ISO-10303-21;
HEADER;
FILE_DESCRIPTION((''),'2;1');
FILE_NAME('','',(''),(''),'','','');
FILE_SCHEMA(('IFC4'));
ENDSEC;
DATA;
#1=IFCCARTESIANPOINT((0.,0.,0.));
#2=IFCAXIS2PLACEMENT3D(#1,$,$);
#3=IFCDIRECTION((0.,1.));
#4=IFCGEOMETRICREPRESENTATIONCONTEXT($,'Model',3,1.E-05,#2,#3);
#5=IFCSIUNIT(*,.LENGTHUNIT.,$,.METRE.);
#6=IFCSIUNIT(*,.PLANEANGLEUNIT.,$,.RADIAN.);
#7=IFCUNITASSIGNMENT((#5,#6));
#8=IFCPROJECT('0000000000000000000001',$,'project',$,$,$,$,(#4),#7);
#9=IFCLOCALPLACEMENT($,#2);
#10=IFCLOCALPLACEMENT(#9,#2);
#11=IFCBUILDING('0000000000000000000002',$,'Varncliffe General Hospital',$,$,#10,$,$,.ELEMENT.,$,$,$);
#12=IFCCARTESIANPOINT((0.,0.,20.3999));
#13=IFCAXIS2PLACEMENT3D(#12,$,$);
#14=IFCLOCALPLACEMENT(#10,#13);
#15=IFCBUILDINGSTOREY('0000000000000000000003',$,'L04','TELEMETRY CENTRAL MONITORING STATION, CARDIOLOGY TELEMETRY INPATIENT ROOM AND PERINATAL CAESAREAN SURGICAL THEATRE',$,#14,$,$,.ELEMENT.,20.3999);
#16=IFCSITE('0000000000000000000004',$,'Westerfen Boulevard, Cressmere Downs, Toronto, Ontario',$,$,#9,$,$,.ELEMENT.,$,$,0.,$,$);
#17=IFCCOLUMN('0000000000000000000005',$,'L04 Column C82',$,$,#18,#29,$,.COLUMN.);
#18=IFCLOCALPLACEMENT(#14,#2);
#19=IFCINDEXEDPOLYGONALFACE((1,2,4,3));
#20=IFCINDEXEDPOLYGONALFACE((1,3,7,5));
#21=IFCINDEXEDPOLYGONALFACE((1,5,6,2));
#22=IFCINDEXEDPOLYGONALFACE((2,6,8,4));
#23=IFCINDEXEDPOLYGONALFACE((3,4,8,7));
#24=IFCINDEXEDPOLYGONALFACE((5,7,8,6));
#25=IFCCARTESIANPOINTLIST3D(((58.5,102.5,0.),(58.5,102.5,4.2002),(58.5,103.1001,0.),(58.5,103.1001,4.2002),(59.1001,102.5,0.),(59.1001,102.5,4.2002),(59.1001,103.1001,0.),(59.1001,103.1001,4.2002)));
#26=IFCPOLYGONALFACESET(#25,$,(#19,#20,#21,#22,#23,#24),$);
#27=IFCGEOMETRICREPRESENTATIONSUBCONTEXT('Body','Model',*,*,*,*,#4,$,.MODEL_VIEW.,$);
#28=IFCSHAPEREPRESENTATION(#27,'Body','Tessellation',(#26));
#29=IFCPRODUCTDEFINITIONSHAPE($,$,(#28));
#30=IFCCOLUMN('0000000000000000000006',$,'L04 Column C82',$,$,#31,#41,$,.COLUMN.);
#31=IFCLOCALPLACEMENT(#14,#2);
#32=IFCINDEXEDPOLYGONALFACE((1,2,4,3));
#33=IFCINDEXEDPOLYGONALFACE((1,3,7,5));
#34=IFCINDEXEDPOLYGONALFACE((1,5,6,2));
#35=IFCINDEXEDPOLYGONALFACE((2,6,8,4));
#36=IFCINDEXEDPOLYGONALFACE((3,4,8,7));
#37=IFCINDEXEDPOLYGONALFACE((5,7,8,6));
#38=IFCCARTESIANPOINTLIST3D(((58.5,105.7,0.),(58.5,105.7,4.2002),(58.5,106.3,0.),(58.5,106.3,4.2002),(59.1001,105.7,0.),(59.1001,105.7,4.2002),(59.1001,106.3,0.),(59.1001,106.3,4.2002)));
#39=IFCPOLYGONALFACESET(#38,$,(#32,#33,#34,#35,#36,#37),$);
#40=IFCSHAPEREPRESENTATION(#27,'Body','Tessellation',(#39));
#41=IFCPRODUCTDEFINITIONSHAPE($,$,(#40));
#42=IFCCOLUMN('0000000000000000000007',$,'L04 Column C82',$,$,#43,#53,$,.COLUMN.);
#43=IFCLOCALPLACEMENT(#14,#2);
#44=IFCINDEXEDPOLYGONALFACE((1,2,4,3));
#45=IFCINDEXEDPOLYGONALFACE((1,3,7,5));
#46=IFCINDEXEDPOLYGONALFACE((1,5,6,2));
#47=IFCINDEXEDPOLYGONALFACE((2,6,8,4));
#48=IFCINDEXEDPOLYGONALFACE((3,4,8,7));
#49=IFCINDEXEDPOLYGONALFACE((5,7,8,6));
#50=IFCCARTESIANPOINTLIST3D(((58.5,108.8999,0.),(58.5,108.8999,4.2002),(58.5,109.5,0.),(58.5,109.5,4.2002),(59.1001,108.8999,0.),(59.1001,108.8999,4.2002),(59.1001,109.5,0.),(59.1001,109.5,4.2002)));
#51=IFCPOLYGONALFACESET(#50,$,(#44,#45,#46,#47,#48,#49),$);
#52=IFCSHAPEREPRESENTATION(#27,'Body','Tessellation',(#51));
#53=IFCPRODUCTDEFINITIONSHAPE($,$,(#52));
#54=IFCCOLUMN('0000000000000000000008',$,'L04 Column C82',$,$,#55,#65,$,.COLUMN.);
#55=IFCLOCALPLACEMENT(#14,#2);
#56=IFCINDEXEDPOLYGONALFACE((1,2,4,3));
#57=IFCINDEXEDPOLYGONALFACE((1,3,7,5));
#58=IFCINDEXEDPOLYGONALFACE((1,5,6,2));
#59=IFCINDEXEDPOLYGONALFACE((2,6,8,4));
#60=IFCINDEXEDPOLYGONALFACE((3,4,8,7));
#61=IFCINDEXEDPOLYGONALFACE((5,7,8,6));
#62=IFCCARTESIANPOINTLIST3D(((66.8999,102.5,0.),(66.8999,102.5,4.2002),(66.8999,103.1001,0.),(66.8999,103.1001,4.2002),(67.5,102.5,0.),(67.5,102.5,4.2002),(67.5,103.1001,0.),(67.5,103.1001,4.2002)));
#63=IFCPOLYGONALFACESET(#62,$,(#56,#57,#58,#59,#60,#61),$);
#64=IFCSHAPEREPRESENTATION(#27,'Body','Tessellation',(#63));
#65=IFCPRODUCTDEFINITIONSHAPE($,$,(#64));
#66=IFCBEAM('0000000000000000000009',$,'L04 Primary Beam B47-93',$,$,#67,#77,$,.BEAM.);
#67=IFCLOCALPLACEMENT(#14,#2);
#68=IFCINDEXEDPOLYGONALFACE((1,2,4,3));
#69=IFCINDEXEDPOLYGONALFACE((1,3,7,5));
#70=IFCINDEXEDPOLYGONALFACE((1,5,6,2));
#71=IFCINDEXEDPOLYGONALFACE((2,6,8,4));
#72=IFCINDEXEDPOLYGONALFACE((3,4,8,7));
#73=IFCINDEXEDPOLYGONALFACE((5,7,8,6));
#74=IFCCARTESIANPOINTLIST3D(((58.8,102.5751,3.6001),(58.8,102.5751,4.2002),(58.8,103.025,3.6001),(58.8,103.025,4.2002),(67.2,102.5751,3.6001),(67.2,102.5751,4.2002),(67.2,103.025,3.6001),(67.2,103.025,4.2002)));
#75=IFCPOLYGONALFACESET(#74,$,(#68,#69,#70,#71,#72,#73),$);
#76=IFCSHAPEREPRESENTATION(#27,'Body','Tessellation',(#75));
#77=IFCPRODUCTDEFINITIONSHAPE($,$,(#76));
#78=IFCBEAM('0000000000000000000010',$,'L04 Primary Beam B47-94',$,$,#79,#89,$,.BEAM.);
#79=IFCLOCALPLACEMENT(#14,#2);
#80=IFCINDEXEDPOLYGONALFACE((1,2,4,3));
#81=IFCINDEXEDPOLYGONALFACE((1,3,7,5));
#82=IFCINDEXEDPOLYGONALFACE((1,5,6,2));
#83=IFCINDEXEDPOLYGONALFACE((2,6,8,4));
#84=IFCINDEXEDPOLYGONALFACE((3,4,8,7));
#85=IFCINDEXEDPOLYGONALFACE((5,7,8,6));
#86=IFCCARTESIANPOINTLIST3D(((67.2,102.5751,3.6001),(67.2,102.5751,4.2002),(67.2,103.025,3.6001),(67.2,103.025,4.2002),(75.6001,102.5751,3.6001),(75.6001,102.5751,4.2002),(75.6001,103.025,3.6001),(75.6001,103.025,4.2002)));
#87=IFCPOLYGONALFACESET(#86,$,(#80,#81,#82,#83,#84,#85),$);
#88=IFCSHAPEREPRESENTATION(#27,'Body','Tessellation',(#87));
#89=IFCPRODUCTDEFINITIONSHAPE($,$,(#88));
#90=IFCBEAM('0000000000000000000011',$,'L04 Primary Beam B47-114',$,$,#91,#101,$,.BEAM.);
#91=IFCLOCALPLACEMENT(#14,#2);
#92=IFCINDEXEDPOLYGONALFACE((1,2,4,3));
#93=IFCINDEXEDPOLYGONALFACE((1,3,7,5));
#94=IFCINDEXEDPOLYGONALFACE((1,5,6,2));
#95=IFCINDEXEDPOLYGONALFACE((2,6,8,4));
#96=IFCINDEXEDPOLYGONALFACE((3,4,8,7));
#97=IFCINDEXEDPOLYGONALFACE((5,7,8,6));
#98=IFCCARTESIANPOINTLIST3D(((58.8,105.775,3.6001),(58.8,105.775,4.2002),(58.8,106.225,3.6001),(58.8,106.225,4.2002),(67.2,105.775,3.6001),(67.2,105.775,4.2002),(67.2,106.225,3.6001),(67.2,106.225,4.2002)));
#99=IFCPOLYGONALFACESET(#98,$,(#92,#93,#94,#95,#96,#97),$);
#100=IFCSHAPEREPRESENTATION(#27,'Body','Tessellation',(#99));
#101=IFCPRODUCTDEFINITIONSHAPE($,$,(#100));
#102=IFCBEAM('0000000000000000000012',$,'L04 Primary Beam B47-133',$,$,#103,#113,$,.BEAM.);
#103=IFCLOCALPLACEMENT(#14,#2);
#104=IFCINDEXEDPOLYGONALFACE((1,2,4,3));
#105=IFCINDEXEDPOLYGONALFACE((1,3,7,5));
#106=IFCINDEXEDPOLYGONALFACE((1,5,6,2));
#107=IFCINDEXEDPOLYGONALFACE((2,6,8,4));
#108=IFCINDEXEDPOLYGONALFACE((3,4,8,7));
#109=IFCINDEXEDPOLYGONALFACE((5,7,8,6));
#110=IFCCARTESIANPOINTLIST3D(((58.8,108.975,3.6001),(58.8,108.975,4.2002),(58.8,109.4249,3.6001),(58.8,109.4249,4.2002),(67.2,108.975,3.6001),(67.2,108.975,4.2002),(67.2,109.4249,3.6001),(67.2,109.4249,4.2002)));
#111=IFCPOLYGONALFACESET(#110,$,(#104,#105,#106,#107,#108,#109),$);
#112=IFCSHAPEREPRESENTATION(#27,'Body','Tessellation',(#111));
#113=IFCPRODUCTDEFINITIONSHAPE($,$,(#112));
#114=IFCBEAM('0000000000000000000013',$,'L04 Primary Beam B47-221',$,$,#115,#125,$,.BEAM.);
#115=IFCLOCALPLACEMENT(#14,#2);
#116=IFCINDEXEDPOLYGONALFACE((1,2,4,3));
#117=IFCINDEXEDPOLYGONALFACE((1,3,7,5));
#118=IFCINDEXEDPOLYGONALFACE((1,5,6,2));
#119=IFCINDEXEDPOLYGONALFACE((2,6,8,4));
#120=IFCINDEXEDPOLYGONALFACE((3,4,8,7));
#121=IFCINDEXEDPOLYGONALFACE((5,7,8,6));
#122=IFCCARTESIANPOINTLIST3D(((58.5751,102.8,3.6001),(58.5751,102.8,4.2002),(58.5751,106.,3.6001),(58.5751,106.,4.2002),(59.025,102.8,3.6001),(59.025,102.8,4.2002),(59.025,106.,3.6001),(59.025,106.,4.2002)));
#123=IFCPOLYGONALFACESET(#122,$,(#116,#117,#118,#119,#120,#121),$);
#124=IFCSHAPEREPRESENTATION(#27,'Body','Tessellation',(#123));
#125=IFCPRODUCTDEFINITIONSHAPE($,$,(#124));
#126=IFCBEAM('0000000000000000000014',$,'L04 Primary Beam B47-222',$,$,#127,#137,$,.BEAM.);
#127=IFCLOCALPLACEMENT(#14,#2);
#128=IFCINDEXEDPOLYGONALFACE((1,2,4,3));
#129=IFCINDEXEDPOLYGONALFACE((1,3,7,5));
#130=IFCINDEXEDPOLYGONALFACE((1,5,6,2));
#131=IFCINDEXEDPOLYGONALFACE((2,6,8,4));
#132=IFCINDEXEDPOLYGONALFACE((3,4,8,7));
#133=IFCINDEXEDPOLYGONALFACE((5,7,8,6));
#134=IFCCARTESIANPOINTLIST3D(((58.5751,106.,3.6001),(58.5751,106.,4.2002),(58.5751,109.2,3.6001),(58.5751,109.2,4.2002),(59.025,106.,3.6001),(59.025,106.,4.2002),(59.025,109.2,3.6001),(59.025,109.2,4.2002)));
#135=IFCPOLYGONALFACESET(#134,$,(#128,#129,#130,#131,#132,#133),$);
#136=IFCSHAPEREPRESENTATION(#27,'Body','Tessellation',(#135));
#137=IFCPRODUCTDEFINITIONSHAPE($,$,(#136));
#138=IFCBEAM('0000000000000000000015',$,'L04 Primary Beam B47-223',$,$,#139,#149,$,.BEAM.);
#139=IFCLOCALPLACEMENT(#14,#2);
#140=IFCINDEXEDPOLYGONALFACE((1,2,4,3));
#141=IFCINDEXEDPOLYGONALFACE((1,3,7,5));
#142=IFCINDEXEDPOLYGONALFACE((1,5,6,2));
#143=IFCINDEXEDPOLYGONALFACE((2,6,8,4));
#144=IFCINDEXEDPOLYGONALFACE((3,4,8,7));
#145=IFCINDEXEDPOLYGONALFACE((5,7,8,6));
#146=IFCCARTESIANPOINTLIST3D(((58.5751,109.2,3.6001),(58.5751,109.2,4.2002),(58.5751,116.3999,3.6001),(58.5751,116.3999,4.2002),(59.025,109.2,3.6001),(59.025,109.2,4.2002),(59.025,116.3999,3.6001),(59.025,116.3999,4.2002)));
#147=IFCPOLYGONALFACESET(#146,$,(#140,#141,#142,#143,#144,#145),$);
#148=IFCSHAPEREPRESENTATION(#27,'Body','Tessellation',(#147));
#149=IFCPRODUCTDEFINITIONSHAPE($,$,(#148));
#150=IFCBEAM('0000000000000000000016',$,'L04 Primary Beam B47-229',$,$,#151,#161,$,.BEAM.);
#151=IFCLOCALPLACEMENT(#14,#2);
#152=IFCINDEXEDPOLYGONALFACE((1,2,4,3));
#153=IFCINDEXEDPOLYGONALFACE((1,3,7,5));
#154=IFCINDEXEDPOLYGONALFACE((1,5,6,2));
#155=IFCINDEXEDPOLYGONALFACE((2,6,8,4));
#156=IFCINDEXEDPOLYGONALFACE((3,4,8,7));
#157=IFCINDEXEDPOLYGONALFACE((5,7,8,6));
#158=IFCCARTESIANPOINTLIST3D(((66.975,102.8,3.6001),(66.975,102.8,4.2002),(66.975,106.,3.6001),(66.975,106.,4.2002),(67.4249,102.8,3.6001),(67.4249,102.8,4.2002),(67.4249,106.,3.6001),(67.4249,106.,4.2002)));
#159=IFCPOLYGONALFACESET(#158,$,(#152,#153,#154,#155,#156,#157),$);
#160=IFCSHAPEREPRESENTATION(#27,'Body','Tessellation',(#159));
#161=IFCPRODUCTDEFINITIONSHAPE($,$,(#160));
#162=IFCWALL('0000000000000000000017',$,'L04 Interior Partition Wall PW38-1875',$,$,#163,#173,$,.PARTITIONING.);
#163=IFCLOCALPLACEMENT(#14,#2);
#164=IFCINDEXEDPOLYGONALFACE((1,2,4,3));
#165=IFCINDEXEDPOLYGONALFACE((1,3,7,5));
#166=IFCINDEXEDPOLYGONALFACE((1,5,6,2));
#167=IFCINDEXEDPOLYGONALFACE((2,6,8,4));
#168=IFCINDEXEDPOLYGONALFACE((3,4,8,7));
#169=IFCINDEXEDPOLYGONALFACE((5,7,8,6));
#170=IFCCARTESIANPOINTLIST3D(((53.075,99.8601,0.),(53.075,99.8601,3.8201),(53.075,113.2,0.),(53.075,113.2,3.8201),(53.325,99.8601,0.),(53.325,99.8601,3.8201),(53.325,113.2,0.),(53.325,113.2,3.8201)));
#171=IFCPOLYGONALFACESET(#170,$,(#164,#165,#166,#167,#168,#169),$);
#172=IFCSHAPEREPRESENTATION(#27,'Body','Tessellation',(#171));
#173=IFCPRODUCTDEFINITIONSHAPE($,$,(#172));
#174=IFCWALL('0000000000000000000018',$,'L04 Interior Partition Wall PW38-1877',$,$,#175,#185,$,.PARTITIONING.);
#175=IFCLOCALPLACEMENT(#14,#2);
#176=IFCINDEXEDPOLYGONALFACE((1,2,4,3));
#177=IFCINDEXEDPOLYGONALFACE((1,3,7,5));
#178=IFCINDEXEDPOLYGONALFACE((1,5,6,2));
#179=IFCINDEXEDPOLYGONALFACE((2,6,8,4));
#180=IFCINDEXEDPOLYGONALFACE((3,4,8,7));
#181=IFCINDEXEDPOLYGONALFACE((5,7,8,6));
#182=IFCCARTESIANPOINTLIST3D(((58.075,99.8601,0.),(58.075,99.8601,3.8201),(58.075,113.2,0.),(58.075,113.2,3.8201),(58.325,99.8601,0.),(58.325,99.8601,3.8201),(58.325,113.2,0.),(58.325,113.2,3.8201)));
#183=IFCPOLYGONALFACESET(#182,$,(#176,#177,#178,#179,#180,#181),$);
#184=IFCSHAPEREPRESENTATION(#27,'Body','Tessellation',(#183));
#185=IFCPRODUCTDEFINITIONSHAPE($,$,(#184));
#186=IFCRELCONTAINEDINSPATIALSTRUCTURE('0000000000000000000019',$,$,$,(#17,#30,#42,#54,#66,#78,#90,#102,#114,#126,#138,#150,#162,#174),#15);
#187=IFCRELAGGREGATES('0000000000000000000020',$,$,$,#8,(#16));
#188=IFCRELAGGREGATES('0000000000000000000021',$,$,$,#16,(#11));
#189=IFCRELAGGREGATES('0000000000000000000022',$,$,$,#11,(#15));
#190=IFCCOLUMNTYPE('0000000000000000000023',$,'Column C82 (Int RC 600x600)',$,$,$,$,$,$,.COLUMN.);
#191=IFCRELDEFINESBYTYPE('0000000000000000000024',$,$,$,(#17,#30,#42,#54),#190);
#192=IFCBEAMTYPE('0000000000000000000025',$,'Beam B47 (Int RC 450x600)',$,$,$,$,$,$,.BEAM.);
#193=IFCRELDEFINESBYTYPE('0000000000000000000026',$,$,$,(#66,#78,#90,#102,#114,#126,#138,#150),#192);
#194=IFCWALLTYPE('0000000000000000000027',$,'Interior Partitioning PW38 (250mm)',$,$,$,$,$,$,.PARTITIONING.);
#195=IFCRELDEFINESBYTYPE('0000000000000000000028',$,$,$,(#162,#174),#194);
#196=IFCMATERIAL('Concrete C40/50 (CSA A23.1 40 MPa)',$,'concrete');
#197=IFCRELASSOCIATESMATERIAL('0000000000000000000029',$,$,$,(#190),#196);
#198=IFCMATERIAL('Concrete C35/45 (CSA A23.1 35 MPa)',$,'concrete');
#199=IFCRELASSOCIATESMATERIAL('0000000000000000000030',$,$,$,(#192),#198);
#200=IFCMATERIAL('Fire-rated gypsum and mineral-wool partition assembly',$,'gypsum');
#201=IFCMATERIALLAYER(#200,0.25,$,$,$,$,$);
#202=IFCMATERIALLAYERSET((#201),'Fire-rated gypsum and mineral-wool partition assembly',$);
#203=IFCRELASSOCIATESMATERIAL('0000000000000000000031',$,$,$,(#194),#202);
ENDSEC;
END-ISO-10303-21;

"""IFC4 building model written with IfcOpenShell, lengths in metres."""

from ifc_helpers import new_model, si_unit, direction, frame, frame_2d, origin, origin_2d, place, context, subcontext, project, spatial, rectangle, extrude, material, layer, layer_set, material_profile, profile_set, type_object, element, save


model = new_model("IFC4")

# Units and contexts
model_context = context("Model", 3, precision=1e-05, world=origin(), true_north=direction((0.0, 1.0)))
body_context = subcontext(model_context, "Body", "Model", "MODEL_VIEW")
ifc_project = project(units=[si_unit("LENGTHUNIT", "METRE"), si_unit("PLANEANGLEUNIT", "RADIAN")], contexts=[model_context])

# Site, building, storey
site_placement = place(None, origin())
site = spatial("IfcSite", under=ifc_project, at=site_placement, Name="Westerfen Boulevard, Cressmere Downs, Toronto, Ontario", CompositionType="ELEMENT", RefElevation=0.0)
building_placement = place(site_placement, origin())
building = spatial("IfcBuilding", under=site, at=building_placement, Name="Varncliffe General Hospital", CompositionType="ELEMENT")
storey_placement = place(building_placement, frame((0.0, 0.0, 20.3999)))
storey = spatial("IfcBuildingStorey", under=building, at=storey_placement, Name="L04", Description="TELEMETRY CENTRAL MONITORING STATION, CARDIOLOGY TELEMETRY INPATIENT ROOM AND PERINATAL CAESAREAN SURGICAL THEATRE", CompositionType="ELEMENT", Elevation=20.3999)

# Columns
ifc_material_1 = material(Name="Concrete C40/50 (CSA A23.1 40 MPa)", Category="concrete")
ifc_material_profile_1 = material_profile(ifc_material_1, rectangle(XDim=0.6001, YDim=0.6001, at=origin_2d()), Name="RC 600x600")
ifc_profile_set_1 = profile_set([ifc_material_profile_1], Name="Concrete C40/50 (CSA A23.1 40 MPa)")
column_type = type_object("IfcColumnType", Name="Column C82 (Int RC 600x600)", PredefinedType="COLUMN", material=ifc_profile_set_1)
for number, where, z_axis, x_axis, name in (
    (1, (58.8, 102.8, 0.0), (0.0, 0.0, 1.0), (1.0, 0.0, 0.0), "L04 Column C82"),
    (2, (58.8, 106.0, 0.0), (0.0, 0.0, 1.0), (1.0, 0.0, 0.0), "L04 Column C82"),
    (3, (58.8, 109.2, 0.0), (0.0, 0.0, 1.0), (1.0, 0.0, 0.0), "L04 Column C82"),
    (4, (67.2, 102.8, 0.0), (0.0, 0.0, 1.0), (1.0, 0.0, 0.0), "L04 Column C82"),
):
    element("IfcColumn", number, at=place(storey_placement, frame(where, z_axis=z_axis, x_axis=x_axis)), inside=storey, type_object=column_type, Name=name, PredefinedType="COLUMN", context=body_context, shape_type="SweptSolid", body=[
        extrude(rectangle(XDim=0.6001, YDim=0.6001, at=origin_2d()), origin(), (0.0, 0.0, 1.0), 4.2002),
    ])

# Beams
ifc_material_2 = material(Name="Concrete C35/45 (CSA A23.1 35 MPa)", Category="concrete")
ifc_material_profile_2 = material_profile(ifc_material_2, rectangle(XDim=0.45, YDim=0.6001, at=origin_2d()), Name="RC 450x600")
ifc_profile_set_2 = profile_set([ifc_material_profile_2], Name="Concrete C35/45 (CSA A23.1 35 MPa)")
beam_type = type_object("IfcBeamType", Name="Beam B47 (Int RC 450x600)", PredefinedType="BEAM", material=ifc_profile_set_2)
beam_1_placement = place(storey_placement, frame((58.8, 102.8, 3.9001), z_axis=(1.0, 0.0, 0.0), x_axis=(0.0, 1.0, 0.0)))
element("IfcBeam", 5, at=beam_1_placement, inside=storey, type_object=beam_type, Name="L04 Primary Beam B47-93", PredefinedType="BEAM", context=body_context, shape_type="SweptSolid", body=[
    extrude(rectangle(XDim=0.45, YDim=0.6001, at=origin_2d()), origin(), (0.0, 0.0, 1.0), 8.3999),
])
beam_2_placement = place(storey_placement, frame((67.2, 102.8, 3.9001), z_axis=(1.0, 0.0, 0.0), x_axis=(0.0, 1.0, 0.0)))
element("IfcBeam", 6, at=beam_2_placement, inside=storey, type_object=beam_type, Name="L04 Primary Beam B47-94", PredefinedType="BEAM", context=body_context, shape_type="SweptSolid", body=[
    extrude(rectangle(XDim=0.45, YDim=0.6001, at=origin_2d()), origin(), (0.0, 0.0, 1.0), 8.4001),
])
for number, where, z_axis, x_axis, name in (
    (7, (58.8, 106.0, 3.9001), (1.0, 0.0, 0.0), (0.0, 1.0, 0.0), "L04 Primary Beam B47-114"),
    (8, (58.8, 109.2, 3.9001), (1.0, 0.0, 0.0), (0.0, 1.0, 0.0), "L04 Primary Beam B47-133"),
):
    element("IfcBeam", number, at=place(storey_placement, frame(where, z_axis=z_axis, x_axis=x_axis)), inside=storey, type_object=beam_type, Name=name, PredefinedType="BEAM", context=body_context, shape_type="SweptSolid", body=[
        extrude(rectangle(XDim=0.45, YDim=0.6001, at=origin_2d()), origin(), (0.0, 0.0, 1.0), 8.3999),
    ])
for number, where, z_axis, x_axis, name in (
    (9, (58.8, 102.8, 3.9001), (0.0, 1.0, 0.0), (-1.0, 0.0, 0.0), "L04 Primary Beam B47-221"),
    (10, (58.8, 106.0, 3.9001), (0.0, 1.0, 0.0), (-1.0, 0.0, 0.0), "L04 Primary Beam B47-222"),
):
    element("IfcBeam", number, at=place(storey_placement, frame(where, z_axis=z_axis, x_axis=x_axis)), inside=storey, type_object=beam_type, Name=name, PredefinedType="BEAM", context=body_context, shape_type="SweptSolid", body=[
        extrude(rectangle(XDim=0.45, YDim=0.6001, at=origin_2d()), origin(), (0.0, 0.0, 1.0), 3.2),
    ])
beam_3_placement = place(storey_placement, frame((58.8, 109.2, 3.9001), z_axis=(0.0, 1.0, 0.0), x_axis=(-1.0, 0.0, 0.0)))
element("IfcBeam", 11, at=beam_3_placement, inside=storey, type_object=beam_type, Name="L04 Primary Beam B47-223", PredefinedType="BEAM", context=body_context, shape_type="SweptSolid", body=[
    extrude(rectangle(XDim=0.45, YDim=0.6001, at=origin_2d()), origin(), (0.0, 0.0, 1.0), 7.2),
])
beam_4_placement = place(storey_placement, frame((67.2, 102.8, 3.9001), z_axis=(0.0, 1.0, 0.0), x_axis=(-1.0, 0.0, 0.0)))
element("IfcBeam", 12, at=beam_4_placement, inside=storey, type_object=beam_type, Name="L04 Primary Beam B47-229", PredefinedType="BEAM", context=body_context, shape_type="SweptSolid", body=[
    extrude(rectangle(XDim=0.45, YDim=0.6001, at=origin_2d()), origin(), (0.0, 0.0, 1.0), 3.2),
])

# Walls
ifc_material_3 = material(Name="Fire-rated gypsum and mineral-wool partition assembly", Category="gypsum")
ifc_layer_1 = layer(ifc_material_3, 0.25)
ifc_layer_set_1 = layer_set([ifc_layer_1], Name="Fire-rated gypsum and mineral-wool partition assembly")
wall_type_1 = type_object("IfcWallType", Name="Interior Partitioning PW38 (250mm)", PredefinedType="PARTITIONING", material=ifc_layer_set_1)
for number, where, z_axis, x_axis, name in (
    (13, (53.2, 99.8601, 0.0), (0.0, 0.0, 1.0), (0.0, 1.0, 0.0), "L04 Interior Partition Wall PW38-1875"),
    (14, (58.2, 99.8601, 0.0), (0.0, 0.0, 1.0), (0.0, 1.0, 0.0), "L04 Interior Partition Wall PW38-1877"),
):
    element("IfcWall", number, at=place(storey_placement, frame(where, z_axis=z_axis, x_axis=x_axis)), inside=storey, type_object=wall_type_1, Name=name, PredefinedType="PARTITIONING", context=body_context, shape_type="SweptSolid", body=[
        extrude(rectangle(XDim=13.3398, YDim=0.25, at=frame_2d((6.6699, 0.0))), origin(), (0.0, 0.0, 1.0), 3.8201),
    ])

save(model, "model.ifc")
